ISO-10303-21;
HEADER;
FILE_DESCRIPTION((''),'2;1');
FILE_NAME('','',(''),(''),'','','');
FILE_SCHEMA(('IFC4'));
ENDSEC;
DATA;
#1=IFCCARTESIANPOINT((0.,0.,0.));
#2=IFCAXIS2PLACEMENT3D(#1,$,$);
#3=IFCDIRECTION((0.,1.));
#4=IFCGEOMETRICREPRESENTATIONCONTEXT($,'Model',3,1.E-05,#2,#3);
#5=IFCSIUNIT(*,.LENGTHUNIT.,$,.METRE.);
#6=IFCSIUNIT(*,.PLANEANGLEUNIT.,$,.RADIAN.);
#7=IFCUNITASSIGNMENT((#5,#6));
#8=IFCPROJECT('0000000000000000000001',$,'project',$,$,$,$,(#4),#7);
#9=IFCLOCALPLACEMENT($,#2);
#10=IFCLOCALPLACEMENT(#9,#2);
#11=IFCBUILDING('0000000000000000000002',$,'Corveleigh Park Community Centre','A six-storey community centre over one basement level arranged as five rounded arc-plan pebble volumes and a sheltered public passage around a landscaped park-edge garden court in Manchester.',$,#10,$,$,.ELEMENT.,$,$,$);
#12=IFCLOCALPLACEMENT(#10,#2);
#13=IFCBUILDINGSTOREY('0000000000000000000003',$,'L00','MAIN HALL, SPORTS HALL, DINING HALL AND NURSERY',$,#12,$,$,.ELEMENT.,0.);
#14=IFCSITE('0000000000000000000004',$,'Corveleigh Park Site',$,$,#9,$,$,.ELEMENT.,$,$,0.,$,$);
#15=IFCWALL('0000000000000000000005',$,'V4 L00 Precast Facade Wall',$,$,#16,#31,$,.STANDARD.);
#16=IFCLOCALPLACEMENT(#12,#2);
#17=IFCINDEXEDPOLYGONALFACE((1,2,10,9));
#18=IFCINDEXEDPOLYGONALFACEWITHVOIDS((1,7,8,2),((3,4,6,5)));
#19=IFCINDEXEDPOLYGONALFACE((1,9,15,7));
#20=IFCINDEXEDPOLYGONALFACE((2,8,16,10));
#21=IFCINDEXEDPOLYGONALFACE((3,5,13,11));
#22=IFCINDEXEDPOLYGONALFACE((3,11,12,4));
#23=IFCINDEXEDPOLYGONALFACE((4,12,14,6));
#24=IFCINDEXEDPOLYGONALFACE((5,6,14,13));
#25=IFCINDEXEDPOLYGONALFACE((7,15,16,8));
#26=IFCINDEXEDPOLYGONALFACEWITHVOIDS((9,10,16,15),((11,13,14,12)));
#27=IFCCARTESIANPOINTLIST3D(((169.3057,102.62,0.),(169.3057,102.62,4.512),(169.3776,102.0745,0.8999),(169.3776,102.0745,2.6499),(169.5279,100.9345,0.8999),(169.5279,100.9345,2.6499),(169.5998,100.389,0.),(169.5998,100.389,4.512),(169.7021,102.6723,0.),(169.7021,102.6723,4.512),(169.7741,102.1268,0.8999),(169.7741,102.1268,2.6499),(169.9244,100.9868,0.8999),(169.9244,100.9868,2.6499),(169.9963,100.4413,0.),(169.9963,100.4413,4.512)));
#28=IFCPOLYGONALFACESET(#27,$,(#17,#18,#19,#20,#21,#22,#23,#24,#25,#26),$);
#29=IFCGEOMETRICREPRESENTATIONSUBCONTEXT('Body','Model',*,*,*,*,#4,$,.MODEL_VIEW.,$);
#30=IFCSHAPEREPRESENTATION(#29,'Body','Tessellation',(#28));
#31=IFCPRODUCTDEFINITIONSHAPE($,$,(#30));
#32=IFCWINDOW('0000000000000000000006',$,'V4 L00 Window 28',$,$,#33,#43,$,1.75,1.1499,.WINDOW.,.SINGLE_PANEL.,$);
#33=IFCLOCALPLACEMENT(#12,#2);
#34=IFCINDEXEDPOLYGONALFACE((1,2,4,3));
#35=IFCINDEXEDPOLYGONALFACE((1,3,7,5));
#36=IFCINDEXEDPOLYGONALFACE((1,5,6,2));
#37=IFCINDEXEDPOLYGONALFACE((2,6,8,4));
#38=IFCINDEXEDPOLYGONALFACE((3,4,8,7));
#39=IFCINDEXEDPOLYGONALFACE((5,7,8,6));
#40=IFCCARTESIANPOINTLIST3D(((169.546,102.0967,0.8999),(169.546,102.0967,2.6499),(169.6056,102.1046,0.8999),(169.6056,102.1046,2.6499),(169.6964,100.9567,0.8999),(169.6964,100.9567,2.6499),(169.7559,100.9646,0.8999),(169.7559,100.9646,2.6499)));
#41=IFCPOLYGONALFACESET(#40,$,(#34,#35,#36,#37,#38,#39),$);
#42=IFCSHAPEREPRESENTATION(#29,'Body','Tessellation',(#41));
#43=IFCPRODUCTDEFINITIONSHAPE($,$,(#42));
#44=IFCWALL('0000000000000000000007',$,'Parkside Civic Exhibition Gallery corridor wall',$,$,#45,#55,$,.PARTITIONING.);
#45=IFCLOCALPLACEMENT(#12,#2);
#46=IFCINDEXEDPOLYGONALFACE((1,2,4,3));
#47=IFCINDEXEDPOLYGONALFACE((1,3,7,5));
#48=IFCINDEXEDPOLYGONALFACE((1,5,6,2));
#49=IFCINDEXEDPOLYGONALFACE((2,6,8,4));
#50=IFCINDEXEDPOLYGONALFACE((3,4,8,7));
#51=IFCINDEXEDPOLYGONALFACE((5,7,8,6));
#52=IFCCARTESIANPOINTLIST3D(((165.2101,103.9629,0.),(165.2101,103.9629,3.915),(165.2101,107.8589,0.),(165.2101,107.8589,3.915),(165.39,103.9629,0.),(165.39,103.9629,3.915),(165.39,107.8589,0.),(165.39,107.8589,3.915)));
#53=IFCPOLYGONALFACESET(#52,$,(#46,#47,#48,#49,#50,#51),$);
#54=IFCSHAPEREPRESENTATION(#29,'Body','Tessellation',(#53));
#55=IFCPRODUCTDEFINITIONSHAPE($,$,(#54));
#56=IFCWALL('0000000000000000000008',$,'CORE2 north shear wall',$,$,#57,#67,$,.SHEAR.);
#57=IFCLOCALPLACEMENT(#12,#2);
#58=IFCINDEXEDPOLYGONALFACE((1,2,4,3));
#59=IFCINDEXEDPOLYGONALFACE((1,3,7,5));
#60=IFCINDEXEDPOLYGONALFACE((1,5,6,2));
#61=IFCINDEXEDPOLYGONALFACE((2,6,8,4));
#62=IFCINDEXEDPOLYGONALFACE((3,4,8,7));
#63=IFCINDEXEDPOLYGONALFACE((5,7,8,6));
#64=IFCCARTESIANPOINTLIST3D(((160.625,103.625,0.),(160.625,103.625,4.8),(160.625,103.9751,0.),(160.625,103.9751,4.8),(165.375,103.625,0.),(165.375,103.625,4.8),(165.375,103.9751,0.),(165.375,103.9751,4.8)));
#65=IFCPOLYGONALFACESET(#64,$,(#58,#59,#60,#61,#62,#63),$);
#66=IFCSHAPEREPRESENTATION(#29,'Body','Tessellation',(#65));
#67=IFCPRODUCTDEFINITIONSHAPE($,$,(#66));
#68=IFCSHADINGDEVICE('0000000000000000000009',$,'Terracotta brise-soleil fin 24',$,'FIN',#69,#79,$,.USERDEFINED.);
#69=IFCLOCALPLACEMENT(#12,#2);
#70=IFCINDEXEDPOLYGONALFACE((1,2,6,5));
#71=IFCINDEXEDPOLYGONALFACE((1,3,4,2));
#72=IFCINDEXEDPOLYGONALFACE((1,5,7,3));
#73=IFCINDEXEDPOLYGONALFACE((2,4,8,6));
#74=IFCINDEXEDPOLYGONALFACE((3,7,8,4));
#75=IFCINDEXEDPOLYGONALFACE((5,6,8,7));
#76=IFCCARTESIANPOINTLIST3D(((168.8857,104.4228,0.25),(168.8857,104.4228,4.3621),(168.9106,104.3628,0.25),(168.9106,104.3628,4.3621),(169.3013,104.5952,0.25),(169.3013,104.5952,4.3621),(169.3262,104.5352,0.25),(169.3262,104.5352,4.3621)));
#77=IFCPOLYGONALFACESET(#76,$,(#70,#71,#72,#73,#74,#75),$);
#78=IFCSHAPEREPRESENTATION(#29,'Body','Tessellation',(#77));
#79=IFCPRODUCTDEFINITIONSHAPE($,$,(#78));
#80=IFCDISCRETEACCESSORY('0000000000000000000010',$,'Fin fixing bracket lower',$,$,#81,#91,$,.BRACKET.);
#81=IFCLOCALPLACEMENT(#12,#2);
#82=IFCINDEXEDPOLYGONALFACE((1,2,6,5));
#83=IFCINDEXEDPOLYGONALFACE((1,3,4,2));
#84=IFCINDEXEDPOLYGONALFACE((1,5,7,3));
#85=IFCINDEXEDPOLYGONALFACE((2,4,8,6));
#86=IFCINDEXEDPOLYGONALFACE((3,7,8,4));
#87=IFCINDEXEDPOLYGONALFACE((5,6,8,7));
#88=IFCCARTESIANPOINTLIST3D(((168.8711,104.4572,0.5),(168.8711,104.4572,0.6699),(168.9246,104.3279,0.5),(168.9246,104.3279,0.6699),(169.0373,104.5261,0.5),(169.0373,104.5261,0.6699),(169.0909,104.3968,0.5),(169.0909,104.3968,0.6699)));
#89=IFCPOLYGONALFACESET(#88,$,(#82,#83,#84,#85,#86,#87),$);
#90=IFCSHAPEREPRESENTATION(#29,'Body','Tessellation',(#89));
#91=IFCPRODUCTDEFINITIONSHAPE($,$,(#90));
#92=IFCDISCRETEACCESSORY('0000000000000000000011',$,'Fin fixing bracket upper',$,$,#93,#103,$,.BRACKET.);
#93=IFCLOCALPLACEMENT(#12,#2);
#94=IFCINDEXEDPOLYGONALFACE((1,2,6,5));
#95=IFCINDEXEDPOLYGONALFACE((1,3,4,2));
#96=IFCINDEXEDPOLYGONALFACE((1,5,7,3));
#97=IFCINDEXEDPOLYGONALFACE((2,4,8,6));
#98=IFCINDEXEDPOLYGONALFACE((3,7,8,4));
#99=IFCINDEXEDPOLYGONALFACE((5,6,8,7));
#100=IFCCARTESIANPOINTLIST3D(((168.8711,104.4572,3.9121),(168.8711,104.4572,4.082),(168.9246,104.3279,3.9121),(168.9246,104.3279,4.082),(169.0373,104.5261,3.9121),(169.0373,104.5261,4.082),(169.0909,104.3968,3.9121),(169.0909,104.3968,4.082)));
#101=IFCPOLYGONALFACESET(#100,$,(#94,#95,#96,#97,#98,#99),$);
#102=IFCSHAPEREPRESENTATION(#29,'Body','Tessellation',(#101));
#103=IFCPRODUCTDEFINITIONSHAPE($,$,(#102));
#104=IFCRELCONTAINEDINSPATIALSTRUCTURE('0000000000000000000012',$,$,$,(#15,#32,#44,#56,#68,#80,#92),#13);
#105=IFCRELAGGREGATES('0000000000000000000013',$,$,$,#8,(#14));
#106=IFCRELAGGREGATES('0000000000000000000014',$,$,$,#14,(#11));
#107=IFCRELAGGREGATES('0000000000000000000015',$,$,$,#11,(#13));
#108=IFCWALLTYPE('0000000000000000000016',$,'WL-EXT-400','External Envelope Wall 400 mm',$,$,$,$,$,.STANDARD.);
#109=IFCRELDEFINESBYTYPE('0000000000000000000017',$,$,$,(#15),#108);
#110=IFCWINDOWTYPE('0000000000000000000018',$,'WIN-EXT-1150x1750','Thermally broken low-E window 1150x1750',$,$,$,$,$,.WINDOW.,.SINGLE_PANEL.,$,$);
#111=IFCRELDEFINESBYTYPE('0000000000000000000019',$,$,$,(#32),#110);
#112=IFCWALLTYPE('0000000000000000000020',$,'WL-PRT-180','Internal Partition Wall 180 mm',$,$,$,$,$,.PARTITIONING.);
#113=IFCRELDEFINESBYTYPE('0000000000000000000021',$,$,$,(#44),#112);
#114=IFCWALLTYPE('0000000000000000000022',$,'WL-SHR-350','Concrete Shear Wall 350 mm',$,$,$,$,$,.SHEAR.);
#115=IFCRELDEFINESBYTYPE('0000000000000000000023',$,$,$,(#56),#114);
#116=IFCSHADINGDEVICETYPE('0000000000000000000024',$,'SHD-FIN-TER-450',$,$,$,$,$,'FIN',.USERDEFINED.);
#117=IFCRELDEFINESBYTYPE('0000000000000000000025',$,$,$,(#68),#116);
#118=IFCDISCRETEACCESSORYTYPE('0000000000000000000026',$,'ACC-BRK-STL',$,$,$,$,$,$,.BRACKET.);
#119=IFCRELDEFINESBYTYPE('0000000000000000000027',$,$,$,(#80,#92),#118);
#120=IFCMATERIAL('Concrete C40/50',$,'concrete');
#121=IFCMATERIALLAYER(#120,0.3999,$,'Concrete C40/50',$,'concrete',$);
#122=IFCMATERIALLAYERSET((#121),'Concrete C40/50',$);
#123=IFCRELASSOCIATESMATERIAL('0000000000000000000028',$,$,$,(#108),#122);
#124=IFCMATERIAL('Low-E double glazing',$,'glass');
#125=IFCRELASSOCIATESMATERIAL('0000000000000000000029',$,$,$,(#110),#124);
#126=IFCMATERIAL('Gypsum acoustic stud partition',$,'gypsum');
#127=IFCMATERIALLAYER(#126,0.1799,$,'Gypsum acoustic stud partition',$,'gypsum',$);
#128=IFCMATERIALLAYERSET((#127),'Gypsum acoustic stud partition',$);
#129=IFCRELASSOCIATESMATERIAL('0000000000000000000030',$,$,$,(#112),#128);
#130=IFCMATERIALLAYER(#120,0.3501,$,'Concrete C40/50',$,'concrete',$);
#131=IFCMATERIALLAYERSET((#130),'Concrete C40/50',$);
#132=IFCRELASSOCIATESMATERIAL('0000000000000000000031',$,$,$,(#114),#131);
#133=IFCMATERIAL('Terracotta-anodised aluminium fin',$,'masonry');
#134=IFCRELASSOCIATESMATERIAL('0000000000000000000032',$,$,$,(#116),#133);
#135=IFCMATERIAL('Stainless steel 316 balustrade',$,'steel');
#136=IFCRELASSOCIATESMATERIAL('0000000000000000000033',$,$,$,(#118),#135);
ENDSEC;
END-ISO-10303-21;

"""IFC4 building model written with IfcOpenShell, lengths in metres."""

from ifc_helpers import new_model, si_unit, direction, frame, frame_2d, origin, origin_2d, place, context, subcontext, project, spatial, rectangle, extrude, material, layer, layer_set, type_object, element, fill, save


model = new_model("IFC4")

# Units and contexts
model_context = context("Model", 3, precision=1e-05, world=origin(), true_north=direction((0.0, 1.0)))
body_context = subcontext(model_context, "Body", "Model", "MODEL_VIEW")
ifc_project = project(units=[si_unit("LENGTHUNIT", "METRE"), si_unit("PLANEANGLEUNIT", "RADIAN")], contexts=[model_context])

# Site, building, storey
site_placement = place(None, origin())
site = spatial("IfcSite", under=ifc_project, at=site_placement, Name="Corveleigh Park Site", CompositionType="ELEMENT", RefElevation=0.0)
building_placement = place(site_placement, origin())
building = spatial("IfcBuilding", under=site, at=building_placement, Name="Corveleigh Park Community Centre", Description="A six-storey community centre over one basement level arranged as five rounded arc-plan pebble volumes and a sheltered public passage around a landscaped park-edge garden court in Manchester.", CompositionType="ELEMENT")
storey_placement = place(building_placement, origin())
storey = spatial("IfcBuildingStorey", under=building, at=storey_placement, Name="L00", Description="MAIN HALL, SPORTS HALL, DINING HALL AND NURSERY", CompositionType="ELEMENT", Elevation=0.0)

# Shared definitions
ifc_material_1 = material(Name="Low-E double glazing", Category="glass")

# Wall, opening, window
ifc_material_2 = material(Name="Concrete C40/50", Category="concrete")
ifc_layer_1 = layer(ifc_material_2, 0.3999, Name="Concrete C40/50", Category="concrete")
ifc_layer_set_1 = layer_set([ifc_layer_1], Name="Concrete C40/50")
wall_type_1 = type_object("IfcWallType", Name="WL-EXT-400", Description="External Envelope Wall 400 mm", PredefinedType="STANDARD", material=ifc_layer_set_1)
wall_1_placement = place(storey_placement, frame((169.5039, 102.646, 0.0), z_axis=(0.0, 0.0, 1.0), x_axis=(0.130735, -0.991417, 0.0)))
wall_1 = element("IfcWall", 1, at=wall_1_placement, inside=storey, type_object=wall_type_1, Name="V4 L00 Precast Facade Wall", PredefinedType="STANDARD", context=body_context, shape_type="SweptSolid", body=[
    extrude(rectangle(XDim=2.2502, YDim=0.3999, at=frame_2d((1.125, 0.0))), origin(), (0.0, 0.0, 1.0), 4.512),
])
opening_placement = place(wall_1_placement, frame((0.55, 0.0, 0.8999)))
opening = element("IfcOpeningElement", 2, at=opening_placement, cuts=wall_1, PredefinedType="OPENING", context=body_context, shape_type="SweptSolid", body=[
    extrude(rectangle(XDim=1.1499, YDim=1.75, at=frame_2d((0.575, 0.875))), frame((0.0, 0.21, 0.0), z_axis=(0.0, -1.0, 0.0), x_axis=(1.0, 0.0, 0.0)), (0.0, 0.0, 1.0), 0.4199),
])
window_type = type_object("IfcWindowType", Name="WIN-EXT-1150x1750", Description="Thermally broken low-E window 1150x1750", PartitioningType="SINGLE_PANEL", PredefinedType="WINDOW", material=ifc_material_1)
window_placement = place(opening_placement, origin())
window = element("IfcWindow", 3, at=window_placement, inside=storey, type_object=window_type, Name="V4 L00 Window 28", OverallHeight=1.75, OverallWidth=1.1499, PartitioningType="SINGLE_PANEL", PredefinedType="WINDOW", context=body_context, shape_type="SweptSolid", body=[
    extrude(rectangle(XDim=1.1499, YDim=1.75, at=frame_2d((0.575, 0.875))), frame((0.0, 0.03, 0.0), z_axis=(0.0, -1.0, 0.0), x_axis=(1.0, 0.0, 0.0)), (0.0, 0.0, 1.0), 0.0601),
])
fill(opening, window)

# Walls
ifc_material_3 = material(Name="Gypsum acoustic stud partition", Category="gypsum")
ifc_layer_2 = layer(ifc_material_3, 0.1799, Name="Gypsum acoustic stud partition", Category="gypsum")
ifc_layer_set_2 = layer_set([ifc_layer_2], Name="Gypsum acoustic stud partition")
wall_type_2 = type_object("IfcWallType", Name="WL-PRT-180", Description="Internal Partition Wall 180 mm", PredefinedType="PARTITIONING", material=ifc_layer_set_2)
wall_2_placement = place(storey_placement, frame((165.3, 103.9629, 0.0), z_axis=(0.0, 0.0, 1.0), x_axis=(0.0, 1.0, 0.0)))
element("IfcWall", 4, at=wall_2_placement, inside=storey, type_object=wall_type_2, Name="Parkside Civic Exhibition Gallery corridor wall", PredefinedType="PARTITIONING", context=body_context, shape_type="SweptSolid", body=[
    extrude(rectangle(XDim=3.896, YDim=0.1799, at=frame_2d((1.948, 0.0))), origin(), (0.0, 0.0, 1.0), 3.915),
])
ifc_layer_3 = layer(ifc_material_2, 0.3501, Name="Concrete C40/50", Category="concrete")
ifc_layer_set_3 = layer_set([ifc_layer_3], Name="Concrete C40/50")
wall_type_3 = type_object("IfcWallType", Name="WL-SHR-350", Description="Concrete Shear Wall 350 mm", PredefinedType="SHEAR", material=ifc_layer_set_3)
wall_3_placement = place(storey_placement, frame((165.375, 103.8, 0.0), z_axis=(0.0, 0.0, 1.0), x_axis=(-1.0, 0.0, 0.0)))
element("IfcWall", 5, at=wall_3_placement, inside=storey, type_object=wall_type_3, Name="CORE2 north shear wall", PredefinedType="SHEAR", context=body_context, shape_type="SweptSolid", body=[
    extrude(rectangle(XDim=4.75, YDim=0.3501, at=frame_2d((2.375, 0.0))), origin(), (0.0, 0.0, 1.0), 4.8),
])

# Shading device
ifc_material_4 = material(Name="Terracotta-anodised aluminium fin", Category="masonry")
shading_device_type = type_object("IfcShadingDeviceType", Name="SHD-FIN-TER-450", ElementType="FIN", PredefinedType="USERDEFINED", material=ifc_material_4)
shading_device_placement = place(storey_placement, frame((169.106, 104.479, 0.25), z_axis=(0.0, 0.0, 1.0), x_axis=(0.923738, 0.383024, 0.0)))
element("IfcShadingDevice", 6, at=shading_device_placement, inside=storey, type_object=shading_device_type, Name="Terracotta brise-soleil fin 24", ObjectType="FIN", PredefinedType="USERDEFINED", context=body_context, shape_type="SweptSolid", body=[
    extrude(rectangle(XDim=0.45, YDim=0.0649, at=origin_2d()), origin(), (0.0, 0.0, 1.0), 4.1121),
])

# Discrete accessories
ifc_material_5 = material(Name="Stainless steel 316 balustrade", Category="steel")
discrete_accessory_type = type_object("IfcDiscreteAccessoryType", Name="ACC-BRK-STL", PredefinedType="BRACKET", material=ifc_material_5)
for number, where, z_axis, x_axis, name in (
    (7, (168.981, 104.427, 0.5), (0.0, 0.0, 1.0), (0.923738, 0.383024, 0.0), "Fin fixing bracket lower"),
    (8, (168.981, 104.427, 3.9121), (0.0, 0.0, 1.0), (0.923738, 0.383024, 0.0), "Fin fixing bracket upper"),
):
    element("IfcDiscreteAccessory", number, at=place(storey_placement, frame(where, z_axis=z_axis, x_axis=x_axis)), inside=storey, type_object=discrete_accessory_type, Name=name, PredefinedType="BRACKET", context=body_context, shape_type="SweptSolid", body=[
        extrude(rectangle(XDim=0.1799, YDim=0.1399, at=origin_2d()), origin(), (0.0, 0.0, 1.0), 0.1699),
    ])

save(model, "model.ifc")
